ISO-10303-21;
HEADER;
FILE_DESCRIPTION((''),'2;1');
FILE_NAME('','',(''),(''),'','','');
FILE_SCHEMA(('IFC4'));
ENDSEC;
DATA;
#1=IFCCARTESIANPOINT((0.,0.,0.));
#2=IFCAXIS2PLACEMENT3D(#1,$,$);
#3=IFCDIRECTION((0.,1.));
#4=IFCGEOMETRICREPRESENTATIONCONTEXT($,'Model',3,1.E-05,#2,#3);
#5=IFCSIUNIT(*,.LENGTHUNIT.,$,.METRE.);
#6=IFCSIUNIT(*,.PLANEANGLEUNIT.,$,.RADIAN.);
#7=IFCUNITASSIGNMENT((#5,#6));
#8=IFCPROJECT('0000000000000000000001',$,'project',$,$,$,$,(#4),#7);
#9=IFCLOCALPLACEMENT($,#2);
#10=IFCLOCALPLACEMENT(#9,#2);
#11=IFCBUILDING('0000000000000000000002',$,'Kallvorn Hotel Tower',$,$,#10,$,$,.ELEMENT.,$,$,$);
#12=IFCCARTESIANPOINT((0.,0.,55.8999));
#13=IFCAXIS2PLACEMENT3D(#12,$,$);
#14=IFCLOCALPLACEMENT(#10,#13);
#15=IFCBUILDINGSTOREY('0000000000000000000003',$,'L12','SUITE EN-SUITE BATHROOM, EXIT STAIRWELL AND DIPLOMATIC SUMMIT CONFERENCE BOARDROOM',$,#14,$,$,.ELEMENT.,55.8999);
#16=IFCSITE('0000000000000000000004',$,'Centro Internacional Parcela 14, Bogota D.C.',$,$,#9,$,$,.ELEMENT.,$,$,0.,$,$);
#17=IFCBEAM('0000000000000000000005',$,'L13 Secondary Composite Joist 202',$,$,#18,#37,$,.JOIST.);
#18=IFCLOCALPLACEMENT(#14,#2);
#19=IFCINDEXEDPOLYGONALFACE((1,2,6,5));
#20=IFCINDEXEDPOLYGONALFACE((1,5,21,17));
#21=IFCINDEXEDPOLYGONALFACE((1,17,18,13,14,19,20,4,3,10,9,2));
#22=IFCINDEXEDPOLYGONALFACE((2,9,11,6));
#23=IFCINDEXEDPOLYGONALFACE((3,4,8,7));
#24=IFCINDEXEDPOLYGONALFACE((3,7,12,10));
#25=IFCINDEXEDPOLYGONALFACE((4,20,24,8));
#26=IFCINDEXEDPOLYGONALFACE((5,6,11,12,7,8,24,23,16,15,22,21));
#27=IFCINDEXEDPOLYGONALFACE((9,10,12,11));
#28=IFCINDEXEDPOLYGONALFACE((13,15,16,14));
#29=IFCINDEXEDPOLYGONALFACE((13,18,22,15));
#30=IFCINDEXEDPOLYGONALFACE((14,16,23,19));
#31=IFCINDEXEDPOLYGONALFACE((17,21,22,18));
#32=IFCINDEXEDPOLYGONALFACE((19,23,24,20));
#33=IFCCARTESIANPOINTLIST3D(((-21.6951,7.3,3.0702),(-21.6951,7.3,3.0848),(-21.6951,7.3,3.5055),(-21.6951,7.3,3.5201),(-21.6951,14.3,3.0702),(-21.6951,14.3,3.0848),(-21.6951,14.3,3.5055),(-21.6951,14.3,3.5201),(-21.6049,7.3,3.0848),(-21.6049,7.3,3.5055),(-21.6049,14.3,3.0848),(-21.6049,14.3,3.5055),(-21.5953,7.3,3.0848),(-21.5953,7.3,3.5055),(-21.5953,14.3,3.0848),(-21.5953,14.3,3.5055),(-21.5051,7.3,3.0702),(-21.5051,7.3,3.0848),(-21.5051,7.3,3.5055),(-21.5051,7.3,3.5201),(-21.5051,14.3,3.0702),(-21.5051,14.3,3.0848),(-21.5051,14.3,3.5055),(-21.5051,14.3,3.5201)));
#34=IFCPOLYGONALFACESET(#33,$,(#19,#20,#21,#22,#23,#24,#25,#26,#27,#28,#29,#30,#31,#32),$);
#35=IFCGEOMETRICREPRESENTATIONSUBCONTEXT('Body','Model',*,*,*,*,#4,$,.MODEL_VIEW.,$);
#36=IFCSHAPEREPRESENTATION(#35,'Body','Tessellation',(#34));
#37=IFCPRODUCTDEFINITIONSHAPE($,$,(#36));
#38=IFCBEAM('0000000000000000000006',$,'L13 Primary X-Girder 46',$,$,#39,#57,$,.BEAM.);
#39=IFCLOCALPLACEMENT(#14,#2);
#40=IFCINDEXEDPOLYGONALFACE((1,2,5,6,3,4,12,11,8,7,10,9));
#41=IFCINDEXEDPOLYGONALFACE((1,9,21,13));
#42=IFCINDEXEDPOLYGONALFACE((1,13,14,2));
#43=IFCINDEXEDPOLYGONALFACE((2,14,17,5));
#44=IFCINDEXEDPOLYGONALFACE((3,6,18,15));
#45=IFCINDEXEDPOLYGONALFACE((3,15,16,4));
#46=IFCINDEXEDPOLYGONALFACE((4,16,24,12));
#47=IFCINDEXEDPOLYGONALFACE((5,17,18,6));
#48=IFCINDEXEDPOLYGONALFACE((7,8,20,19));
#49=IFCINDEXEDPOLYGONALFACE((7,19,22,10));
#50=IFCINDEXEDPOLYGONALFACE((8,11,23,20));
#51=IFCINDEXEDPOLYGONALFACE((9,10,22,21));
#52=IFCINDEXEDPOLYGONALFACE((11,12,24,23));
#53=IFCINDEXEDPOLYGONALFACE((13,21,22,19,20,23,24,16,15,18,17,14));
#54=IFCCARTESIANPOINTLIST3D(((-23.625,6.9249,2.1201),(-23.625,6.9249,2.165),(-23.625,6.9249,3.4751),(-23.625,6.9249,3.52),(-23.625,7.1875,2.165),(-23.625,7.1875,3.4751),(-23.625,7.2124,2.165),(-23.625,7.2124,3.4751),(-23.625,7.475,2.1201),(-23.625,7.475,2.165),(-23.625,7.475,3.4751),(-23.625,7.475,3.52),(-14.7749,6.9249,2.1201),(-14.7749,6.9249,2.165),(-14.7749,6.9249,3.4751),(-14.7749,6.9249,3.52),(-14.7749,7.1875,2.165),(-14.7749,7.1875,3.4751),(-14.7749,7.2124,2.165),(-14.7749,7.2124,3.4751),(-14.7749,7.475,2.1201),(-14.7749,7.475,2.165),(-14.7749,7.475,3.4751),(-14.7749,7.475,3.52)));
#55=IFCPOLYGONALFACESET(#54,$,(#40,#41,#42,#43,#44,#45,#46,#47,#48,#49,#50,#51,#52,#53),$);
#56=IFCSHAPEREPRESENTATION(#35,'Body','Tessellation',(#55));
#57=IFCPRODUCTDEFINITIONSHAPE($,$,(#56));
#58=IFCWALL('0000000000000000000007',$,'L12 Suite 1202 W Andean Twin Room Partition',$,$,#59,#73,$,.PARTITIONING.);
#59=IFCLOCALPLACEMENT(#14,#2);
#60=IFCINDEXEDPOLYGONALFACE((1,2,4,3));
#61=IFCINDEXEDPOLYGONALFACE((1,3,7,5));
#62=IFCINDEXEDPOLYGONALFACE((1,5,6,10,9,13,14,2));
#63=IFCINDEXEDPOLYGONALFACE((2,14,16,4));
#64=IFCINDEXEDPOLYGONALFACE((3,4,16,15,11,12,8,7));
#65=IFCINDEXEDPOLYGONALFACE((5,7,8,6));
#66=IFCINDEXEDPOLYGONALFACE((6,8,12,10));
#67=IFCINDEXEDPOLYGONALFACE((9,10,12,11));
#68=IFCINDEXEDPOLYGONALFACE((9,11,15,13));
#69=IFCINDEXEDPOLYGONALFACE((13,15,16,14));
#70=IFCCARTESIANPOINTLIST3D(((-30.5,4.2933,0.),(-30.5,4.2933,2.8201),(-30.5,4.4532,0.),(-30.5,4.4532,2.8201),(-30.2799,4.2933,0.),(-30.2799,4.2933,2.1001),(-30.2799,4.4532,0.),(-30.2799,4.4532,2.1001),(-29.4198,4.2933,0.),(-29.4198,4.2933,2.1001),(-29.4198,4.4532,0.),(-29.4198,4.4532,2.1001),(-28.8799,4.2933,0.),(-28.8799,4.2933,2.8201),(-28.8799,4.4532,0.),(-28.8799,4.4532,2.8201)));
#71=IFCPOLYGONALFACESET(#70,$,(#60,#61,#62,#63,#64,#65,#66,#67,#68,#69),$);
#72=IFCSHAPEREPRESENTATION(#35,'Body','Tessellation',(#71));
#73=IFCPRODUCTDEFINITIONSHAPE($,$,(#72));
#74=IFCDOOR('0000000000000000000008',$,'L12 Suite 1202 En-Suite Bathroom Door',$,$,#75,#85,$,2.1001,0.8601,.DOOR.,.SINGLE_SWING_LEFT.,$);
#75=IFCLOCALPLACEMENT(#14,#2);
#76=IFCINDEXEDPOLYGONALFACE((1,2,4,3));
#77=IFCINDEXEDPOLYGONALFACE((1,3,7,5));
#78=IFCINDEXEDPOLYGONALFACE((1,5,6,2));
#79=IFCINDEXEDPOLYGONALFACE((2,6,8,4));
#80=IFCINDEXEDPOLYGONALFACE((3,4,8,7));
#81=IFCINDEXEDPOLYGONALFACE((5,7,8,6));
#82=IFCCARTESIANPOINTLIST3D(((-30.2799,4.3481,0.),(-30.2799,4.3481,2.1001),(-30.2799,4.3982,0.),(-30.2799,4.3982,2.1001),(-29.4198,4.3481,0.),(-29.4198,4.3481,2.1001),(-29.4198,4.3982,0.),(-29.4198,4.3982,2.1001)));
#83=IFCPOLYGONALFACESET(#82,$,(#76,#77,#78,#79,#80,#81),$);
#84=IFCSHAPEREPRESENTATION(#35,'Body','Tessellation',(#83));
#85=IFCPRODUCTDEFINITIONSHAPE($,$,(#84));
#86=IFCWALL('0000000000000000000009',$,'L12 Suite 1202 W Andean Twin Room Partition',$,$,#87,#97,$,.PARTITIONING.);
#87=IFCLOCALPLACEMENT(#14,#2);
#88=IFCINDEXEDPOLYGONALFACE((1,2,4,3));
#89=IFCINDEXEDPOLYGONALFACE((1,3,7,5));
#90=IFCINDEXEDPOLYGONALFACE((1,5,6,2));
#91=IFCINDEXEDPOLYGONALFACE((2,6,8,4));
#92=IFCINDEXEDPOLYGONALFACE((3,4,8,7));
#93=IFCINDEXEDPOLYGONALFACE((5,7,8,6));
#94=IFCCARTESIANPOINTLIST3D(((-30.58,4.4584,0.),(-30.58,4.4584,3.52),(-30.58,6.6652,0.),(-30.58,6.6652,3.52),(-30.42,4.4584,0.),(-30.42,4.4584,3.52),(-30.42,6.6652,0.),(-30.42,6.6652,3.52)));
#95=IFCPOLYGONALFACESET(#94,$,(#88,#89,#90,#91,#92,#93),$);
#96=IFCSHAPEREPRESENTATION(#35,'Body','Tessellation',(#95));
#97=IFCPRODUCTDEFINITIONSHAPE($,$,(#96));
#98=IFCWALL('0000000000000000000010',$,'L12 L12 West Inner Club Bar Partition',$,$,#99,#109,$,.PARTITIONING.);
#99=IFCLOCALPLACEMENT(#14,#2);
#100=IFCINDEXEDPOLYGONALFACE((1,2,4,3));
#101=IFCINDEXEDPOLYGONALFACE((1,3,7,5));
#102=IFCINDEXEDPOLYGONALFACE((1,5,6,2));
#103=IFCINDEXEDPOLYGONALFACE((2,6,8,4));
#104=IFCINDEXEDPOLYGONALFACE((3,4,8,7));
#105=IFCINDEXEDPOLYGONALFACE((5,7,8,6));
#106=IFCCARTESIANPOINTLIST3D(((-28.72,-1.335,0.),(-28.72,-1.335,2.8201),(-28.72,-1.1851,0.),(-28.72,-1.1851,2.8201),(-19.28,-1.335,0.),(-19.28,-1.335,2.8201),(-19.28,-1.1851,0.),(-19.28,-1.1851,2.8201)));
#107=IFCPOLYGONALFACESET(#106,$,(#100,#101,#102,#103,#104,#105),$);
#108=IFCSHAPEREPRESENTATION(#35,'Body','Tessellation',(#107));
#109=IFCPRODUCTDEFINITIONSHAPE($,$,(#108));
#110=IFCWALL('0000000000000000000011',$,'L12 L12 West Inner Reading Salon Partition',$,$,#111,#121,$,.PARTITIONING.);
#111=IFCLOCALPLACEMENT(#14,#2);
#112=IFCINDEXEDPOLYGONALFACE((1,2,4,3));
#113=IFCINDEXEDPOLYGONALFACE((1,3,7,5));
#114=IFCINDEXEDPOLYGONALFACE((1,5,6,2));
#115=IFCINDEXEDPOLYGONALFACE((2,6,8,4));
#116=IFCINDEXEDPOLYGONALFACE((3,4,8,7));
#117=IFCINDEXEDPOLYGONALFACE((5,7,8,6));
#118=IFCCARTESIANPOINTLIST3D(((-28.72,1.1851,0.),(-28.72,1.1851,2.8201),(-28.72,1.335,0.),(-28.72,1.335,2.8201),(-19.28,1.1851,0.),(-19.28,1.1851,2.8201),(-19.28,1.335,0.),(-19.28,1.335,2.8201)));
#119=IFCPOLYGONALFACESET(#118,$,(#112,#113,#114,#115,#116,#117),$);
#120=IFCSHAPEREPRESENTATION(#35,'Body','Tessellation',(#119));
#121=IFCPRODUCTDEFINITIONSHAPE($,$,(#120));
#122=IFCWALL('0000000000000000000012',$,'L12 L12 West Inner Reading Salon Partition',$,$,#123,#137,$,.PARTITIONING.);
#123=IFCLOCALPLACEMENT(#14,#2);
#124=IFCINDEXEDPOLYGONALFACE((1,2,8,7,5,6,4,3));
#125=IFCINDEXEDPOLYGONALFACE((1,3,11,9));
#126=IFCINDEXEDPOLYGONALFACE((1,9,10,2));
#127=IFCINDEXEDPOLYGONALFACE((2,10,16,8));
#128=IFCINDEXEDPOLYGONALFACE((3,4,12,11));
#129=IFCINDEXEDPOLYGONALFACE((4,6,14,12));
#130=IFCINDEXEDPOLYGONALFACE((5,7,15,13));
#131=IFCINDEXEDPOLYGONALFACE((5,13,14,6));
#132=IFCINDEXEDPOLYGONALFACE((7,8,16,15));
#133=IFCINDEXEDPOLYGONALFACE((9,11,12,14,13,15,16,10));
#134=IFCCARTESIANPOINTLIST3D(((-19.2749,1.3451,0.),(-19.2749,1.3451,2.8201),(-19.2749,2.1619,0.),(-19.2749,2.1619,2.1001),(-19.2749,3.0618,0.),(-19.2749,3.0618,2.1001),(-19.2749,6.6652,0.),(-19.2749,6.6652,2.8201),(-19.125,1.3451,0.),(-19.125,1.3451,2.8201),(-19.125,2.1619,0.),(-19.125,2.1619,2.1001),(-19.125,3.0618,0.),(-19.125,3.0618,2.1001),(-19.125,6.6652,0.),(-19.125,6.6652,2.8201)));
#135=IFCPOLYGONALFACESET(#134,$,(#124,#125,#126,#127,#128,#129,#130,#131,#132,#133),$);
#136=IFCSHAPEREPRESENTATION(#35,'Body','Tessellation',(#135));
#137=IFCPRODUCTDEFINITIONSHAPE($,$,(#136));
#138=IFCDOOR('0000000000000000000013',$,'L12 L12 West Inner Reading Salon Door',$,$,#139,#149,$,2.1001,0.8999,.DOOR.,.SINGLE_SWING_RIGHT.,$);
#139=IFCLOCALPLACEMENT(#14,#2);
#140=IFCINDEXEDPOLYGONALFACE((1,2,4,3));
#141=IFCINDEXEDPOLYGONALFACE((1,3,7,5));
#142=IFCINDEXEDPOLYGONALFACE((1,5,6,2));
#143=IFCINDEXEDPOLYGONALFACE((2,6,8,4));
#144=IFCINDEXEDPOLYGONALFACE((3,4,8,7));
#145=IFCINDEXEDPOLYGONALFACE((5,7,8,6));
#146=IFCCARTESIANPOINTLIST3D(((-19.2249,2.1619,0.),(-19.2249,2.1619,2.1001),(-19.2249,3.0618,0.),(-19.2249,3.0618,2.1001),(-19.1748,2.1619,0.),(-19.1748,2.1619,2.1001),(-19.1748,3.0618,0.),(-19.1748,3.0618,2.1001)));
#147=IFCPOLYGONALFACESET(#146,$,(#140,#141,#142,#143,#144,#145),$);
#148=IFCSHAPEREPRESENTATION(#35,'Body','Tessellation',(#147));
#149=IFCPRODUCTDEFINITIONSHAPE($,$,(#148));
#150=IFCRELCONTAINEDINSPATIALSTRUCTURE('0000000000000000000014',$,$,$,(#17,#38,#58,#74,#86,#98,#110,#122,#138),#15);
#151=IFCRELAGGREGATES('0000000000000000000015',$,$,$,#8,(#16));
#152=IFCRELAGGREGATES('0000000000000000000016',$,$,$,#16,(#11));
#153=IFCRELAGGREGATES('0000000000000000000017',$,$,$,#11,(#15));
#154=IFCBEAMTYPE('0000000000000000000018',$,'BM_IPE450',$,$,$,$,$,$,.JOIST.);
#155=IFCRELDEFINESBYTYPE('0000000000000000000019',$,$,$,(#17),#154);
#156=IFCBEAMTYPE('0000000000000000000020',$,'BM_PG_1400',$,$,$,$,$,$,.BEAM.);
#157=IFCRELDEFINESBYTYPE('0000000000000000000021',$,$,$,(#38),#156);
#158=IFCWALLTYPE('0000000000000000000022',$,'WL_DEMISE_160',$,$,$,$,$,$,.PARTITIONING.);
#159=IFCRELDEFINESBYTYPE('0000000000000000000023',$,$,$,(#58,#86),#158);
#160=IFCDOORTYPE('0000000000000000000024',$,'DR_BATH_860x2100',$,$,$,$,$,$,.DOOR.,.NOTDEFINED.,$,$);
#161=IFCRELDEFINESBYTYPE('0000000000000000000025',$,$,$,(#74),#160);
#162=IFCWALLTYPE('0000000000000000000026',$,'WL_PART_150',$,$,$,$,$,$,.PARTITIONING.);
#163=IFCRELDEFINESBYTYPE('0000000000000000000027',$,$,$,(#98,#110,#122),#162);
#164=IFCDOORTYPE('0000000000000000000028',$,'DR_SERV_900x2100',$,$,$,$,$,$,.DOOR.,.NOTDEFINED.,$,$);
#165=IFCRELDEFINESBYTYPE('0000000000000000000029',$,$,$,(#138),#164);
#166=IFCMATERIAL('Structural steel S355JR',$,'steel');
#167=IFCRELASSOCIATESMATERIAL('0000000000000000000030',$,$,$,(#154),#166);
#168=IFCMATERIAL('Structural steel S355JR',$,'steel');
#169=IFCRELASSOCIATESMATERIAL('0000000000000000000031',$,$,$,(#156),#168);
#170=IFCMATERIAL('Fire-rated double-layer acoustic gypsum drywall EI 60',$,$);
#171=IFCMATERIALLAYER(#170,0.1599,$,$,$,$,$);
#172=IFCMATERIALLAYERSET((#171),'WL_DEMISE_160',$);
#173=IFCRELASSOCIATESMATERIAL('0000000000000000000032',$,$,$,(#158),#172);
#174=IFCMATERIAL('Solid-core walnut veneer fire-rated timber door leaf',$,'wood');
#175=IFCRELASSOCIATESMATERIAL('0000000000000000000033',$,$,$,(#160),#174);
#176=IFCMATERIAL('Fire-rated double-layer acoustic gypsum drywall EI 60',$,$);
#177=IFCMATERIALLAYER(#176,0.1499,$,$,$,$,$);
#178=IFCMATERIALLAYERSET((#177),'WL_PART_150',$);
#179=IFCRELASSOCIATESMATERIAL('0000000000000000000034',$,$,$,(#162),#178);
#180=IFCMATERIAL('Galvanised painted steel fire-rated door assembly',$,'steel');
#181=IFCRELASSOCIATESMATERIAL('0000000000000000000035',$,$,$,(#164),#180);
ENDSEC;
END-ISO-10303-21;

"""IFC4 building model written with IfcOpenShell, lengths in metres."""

from ifc_helpers import new_model, si_unit, direction, frame, frame_2d, origin, origin_2d, place, context, subcontext, project, spatial, rectangle, i_section, extrude, material, layer, layer_set, material_profile, profile_set, type_object, element, fill, save


model = new_model("IFC4")

# Units and contexts
model_context = context("Model", 3, precision=1e-05, world=origin(), true_north=direction((0.0, 1.0)))
body_context = subcontext(model_context, "Body", "Model", "MODEL_VIEW")
ifc_project = project(units=[si_unit("LENGTHUNIT", "METRE"), si_unit("PLANEANGLEUNIT", "RADIAN")], contexts=[model_context])

# Site, building, storey
site_placement = place(None, origin())
site = spatial("IfcSite", under=ifc_project, at=site_placement, Name="Centro Internacional Parcela 14, Bogota D.C.", CompositionType="ELEMENT", RefElevation=0.0)
building_placement = place(site_placement, origin())
building = spatial("IfcBuilding", under=site, at=building_placement, Name="Kallvorn Hotel Tower", CompositionType="ELEMENT")
storey_placement = place(building_placement, frame((0.0, 0.0, 55.8999)))
storey = spatial("IfcBuildingStorey", under=building, at=storey_placement, Name="L12", Description="SUITE EN-SUITE BATHROOM, EXIT STAIRWELL AND DIPLOMATIC SUMMIT CONFERENCE BOARDROOM", CompositionType="ELEMENT", Elevation=55.8999)

# Beams
ifc_material_1 = material(Name="Structural steel S355JR", Category="steel")
ifc_material_profile_1 = material_profile(ifc_material_1, i_section(OverallWidth=0.1899, OverallDepth=0.45, WebThickness=0.0095, FlangeThickness=0.0146, at=origin_2d()), Name="IPE 450")
ifc_profile_set_1 = profile_set([ifc_material_profile_1], Name="Structural steel S355JR")
beam_type_1 = type_object("IfcBeamType", Name="BM_IPE450", PredefinedType="JOIST", material=ifc_profile_set_1)
beam_1_placement = place(storey_placement, frame((-21.6001, 7.3, 3.2952), z_axis=(0.0, 1.0, 0.0), x_axis=(-1.0, 0.0, 0.0)))
element("IfcBeam", 1, at=beam_1_placement, inside=storey, type_object=beam_type_1, Name="L13 Secondary Composite Joist 202", PredefinedType="JOIST", context=body_context, shape_type="SweptSolid", body=[
    extrude(i_section(OverallWidth=0.1899, OverallDepth=0.45, WebThickness=0.0095, FlangeThickness=0.0146, at=origin_2d()), origin(), (0.0, 0.0, 1.0), 7.0),
])
ifc_material_2 = material(Name="Structural steel S355JR", Category="steel")
ifc_material_profile_2 = material_profile(ifc_material_2, i_section(OverallWidth=0.55, OverallDepth=1.3999, WebThickness=0.0249, FlangeThickness=0.0449, at=origin_2d()), Name="PG 1400x550x25x45")
ifc_profile_set_2 = profile_set([ifc_material_profile_2], Name="Structural steel S355JR")
beam_type_2 = type_object("IfcBeamType", Name="BM_PG_1400", PredefinedType="BEAM", material=ifc_profile_set_2)
beam_2_placement = place(storey_placement, frame((-23.625, 7.2, 2.8201), z_axis=(1.0, 0.0, 0.0), x_axis=(0.0, 1.0, 0.0)))
element("IfcBeam", 2, at=beam_2_placement, inside=storey, type_object=beam_type_2, Name="L13 Primary X-Girder 46", PredefinedType="BEAM", context=body_context, shape_type="SweptSolid", body=[
    extrude(i_section(OverallWidth=0.55, OverallDepth=1.3999, WebThickness=0.0249, FlangeThickness=0.0449, at=origin_2d()), origin(), (0.0, 0.0, 1.0), 8.8501),
])

# Wall, opening, door
ifc_material_3 = material(Name="Fire-rated double-layer acoustic gypsum drywall EI 60")
ifc_layer_1 = layer(ifc_material_3, 0.1599)
ifc_layer_set_1 = layer_set([ifc_layer_1], Name="WL_DEMISE_160")
wall_type_1 = type_object("IfcWallType", Name="WL_DEMISE_160", PredefinedType="PARTITIONING", material=ifc_layer_set_1)
wall_1_placement = place(storey_placement, frame((-30.5, 4.3733, 0.0), z_axis=(0.0, 0.0, 1.0), x_axis=(1.0, 0.0, 0.0)))
wall_1 = element("IfcWall", 3, at=wall_1_placement, inside=storey, type_object=wall_type_1, Name="L12 Suite 1202 W Andean Twin Room Partition", PredefinedType="PARTITIONING", context=body_context, shape_type="SweptSolid", body=[
    extrude(rectangle(XDim=1.6201, YDim=0.1599, at=frame_2d((0.8101, 0.0))), origin(), (0.0, 0.0, 1.0), 2.8201),
])
opening_1_placement = place(wall_1_placement, frame((0.22, 0.0, 0.0)))
opening_1 = element("IfcOpeningElement", 4, at=opening_1_placement, cuts=wall_1, PredefinedType="OPENING", context=body_context, shape_type="SweptSolid", body=[
    extrude(rectangle(XDim=0.8601, YDim=2.1001, at=frame_2d((0.4302, 1.05))), frame((0.0, 0.095, 0.0), z_axis=(0.0, -1.0, 0.0), x_axis=(1.0, 0.0, 0.0)), (0.0, 0.0, 1.0), 0.1899),
])
ifc_material_4 = material(Name="Solid-core walnut veneer fire-rated timber door leaf", Category="wood")
door_type_1 = type_object("IfcDoorType", Name="DR_BATH_860x2100", OperationType="NOTDEFINED", PredefinedType="DOOR", material=ifc_material_4)
door_1_placement = place(opening_1_placement, origin())
door_1 = element("IfcDoor", 5, at=door_1_placement, inside=storey, type_object=door_type_1, Name="L12 Suite 1202 En-Suite Bathroom Door", OperationType="SINGLE_SWING_LEFT", OverallHeight=2.1001, OverallWidth=0.8601, PredefinedType="DOOR", context=body_context, shape_type="SweptSolid", body=[
    extrude(rectangle(XDim=0.8601, YDim=2.1001, at=frame_2d((0.4302, 1.05))), frame((0.0, 0.0249, 0.0), z_axis=(0.0, -1.0, 0.0), x_axis=(1.0, 0.0, 0.0)), (0.0, 0.0, 1.0), 0.05),
])
fill(opening_1, door_1)

# Walls
wall_2_placement = place(storey_placement, frame((-30.5, 4.4583, 0.0), z_axis=(0.0, 0.0, 1.0), x_axis=(0.0, 1.0, 0.0)))
element("IfcWall", 6, at=wall_2_placement, inside=storey, type_object=wall_type_1, Name="L12 Suite 1202 W Andean Twin Room Partition", PredefinedType="PARTITIONING", context=body_context, shape_type="SweptSolid", body=[
    extrude(rectangle(XDim=2.2068, YDim=0.1599, at=frame_2d((1.1035, 0.0))), origin(), (0.0, 0.0, 1.0), 3.52),
])
ifc_material_5 = material(Name="Fire-rated double-layer acoustic gypsum drywall EI 60")
ifc_layer_2 = layer(ifc_material_5, 0.1499)
ifc_layer_set_2 = layer_set([ifc_layer_2], Name="WL_PART_150")
wall_type_2 = type_object("IfcWallType", Name="WL_PART_150", PredefinedType="PARTITIONING", material=ifc_layer_set_2)
for number, where, z_axis, x_axis, name in (
    (7, (-28.72, -1.26, 0.0), (0.0, 0.0, 1.0), (1.0, 0.0, 0.0), "L12 L12 West Inner Club Bar Partition"),
    (8, (-28.72, 1.26, 0.0), (0.0, 0.0, 1.0), (1.0, 0.0, 0.0), "L12 L12 West Inner Reading Salon Partition"),
):
    element("IfcWall", number, at=place(storey_placement, frame(where, z_axis=z_axis, x_axis=x_axis)), inside=storey, type_object=wall_type_2, Name=name, PredefinedType="PARTITIONING", context=body_context, shape_type="SweptSolid", body=[
        extrude(rectangle(XDim=9.4399, YDim=0.1499, at=frame_2d((4.72, 0.0))), origin(), (0.0, 0.0, 1.0), 2.8201),
    ])

# Wall, opening, door
wall_3_placement = place(storey_placement, frame((-19.2, 1.345, 0.0), z_axis=(0.0, 0.0, 1.0), x_axis=(0.0, 1.0, 0.0)))
wall_3 = element("IfcWall", 9, at=wall_3_placement, inside=storey, type_object=wall_type_2, Name="L12 L12 West Inner Reading Salon Partition", PredefinedType="PARTITIONING", context=body_context, shape_type="SweptSolid", body=[
    extrude(rectangle(XDim=5.3201, YDim=0.1499, at=frame_2d((2.6602, 0.0))), origin(), (0.0, 0.0, 1.0), 2.8201),
])
opening_2_placement = place(wall_3_placement, frame((0.8169, 0.0, 0.0)))
opening_2 = element("IfcOpeningElement", 10, at=opening_2_placement, cuts=wall_3, PredefinedType="OPENING", context=body_context, shape_type="SweptSolid", body=[
    extrude(rectangle(XDim=0.8999, YDim=2.1001, at=frame_2d((0.45, 1.05))), frame((0.0, 0.0898, 0.0), z_axis=(0.0, -1.0, 0.0), x_axis=(1.0, 0.0, 0.0)), (0.0, 0.0, 1.0), 0.1799),
])
ifc_material_6 = material(Name="Galvanised painted steel fire-rated door assembly", Category="steel")
door_type_2 = type_object("IfcDoorType", Name="DR_SERV_900x2100", OperationType="NOTDEFINED", PredefinedType="DOOR", material=ifc_material_6)
door_2_placement = place(opening_2_placement, origin())
door_2 = element("IfcDoor", 11, at=door_2_placement, inside=storey, type_object=door_type_2, Name="L12 L12 West Inner Reading Salon Door", OperationType="SINGLE_SWING_RIGHT", OverallHeight=2.1001, OverallWidth=0.8999, PredefinedType="DOOR", context=body_context, shape_type="SweptSolid", body=[
    extrude(rectangle(XDim=0.8999, YDim=2.1001, at=frame_2d((0.45, 1.05))), frame((0.0, 0.0249, 0.0), z_axis=(0.0, -1.0, 0.0), x_axis=(1.0, 0.0, 0.0)), (0.0, 0.0, 1.0), 0.05),
])
fill(opening_2, door_2)

save(model, "model.ifc")
